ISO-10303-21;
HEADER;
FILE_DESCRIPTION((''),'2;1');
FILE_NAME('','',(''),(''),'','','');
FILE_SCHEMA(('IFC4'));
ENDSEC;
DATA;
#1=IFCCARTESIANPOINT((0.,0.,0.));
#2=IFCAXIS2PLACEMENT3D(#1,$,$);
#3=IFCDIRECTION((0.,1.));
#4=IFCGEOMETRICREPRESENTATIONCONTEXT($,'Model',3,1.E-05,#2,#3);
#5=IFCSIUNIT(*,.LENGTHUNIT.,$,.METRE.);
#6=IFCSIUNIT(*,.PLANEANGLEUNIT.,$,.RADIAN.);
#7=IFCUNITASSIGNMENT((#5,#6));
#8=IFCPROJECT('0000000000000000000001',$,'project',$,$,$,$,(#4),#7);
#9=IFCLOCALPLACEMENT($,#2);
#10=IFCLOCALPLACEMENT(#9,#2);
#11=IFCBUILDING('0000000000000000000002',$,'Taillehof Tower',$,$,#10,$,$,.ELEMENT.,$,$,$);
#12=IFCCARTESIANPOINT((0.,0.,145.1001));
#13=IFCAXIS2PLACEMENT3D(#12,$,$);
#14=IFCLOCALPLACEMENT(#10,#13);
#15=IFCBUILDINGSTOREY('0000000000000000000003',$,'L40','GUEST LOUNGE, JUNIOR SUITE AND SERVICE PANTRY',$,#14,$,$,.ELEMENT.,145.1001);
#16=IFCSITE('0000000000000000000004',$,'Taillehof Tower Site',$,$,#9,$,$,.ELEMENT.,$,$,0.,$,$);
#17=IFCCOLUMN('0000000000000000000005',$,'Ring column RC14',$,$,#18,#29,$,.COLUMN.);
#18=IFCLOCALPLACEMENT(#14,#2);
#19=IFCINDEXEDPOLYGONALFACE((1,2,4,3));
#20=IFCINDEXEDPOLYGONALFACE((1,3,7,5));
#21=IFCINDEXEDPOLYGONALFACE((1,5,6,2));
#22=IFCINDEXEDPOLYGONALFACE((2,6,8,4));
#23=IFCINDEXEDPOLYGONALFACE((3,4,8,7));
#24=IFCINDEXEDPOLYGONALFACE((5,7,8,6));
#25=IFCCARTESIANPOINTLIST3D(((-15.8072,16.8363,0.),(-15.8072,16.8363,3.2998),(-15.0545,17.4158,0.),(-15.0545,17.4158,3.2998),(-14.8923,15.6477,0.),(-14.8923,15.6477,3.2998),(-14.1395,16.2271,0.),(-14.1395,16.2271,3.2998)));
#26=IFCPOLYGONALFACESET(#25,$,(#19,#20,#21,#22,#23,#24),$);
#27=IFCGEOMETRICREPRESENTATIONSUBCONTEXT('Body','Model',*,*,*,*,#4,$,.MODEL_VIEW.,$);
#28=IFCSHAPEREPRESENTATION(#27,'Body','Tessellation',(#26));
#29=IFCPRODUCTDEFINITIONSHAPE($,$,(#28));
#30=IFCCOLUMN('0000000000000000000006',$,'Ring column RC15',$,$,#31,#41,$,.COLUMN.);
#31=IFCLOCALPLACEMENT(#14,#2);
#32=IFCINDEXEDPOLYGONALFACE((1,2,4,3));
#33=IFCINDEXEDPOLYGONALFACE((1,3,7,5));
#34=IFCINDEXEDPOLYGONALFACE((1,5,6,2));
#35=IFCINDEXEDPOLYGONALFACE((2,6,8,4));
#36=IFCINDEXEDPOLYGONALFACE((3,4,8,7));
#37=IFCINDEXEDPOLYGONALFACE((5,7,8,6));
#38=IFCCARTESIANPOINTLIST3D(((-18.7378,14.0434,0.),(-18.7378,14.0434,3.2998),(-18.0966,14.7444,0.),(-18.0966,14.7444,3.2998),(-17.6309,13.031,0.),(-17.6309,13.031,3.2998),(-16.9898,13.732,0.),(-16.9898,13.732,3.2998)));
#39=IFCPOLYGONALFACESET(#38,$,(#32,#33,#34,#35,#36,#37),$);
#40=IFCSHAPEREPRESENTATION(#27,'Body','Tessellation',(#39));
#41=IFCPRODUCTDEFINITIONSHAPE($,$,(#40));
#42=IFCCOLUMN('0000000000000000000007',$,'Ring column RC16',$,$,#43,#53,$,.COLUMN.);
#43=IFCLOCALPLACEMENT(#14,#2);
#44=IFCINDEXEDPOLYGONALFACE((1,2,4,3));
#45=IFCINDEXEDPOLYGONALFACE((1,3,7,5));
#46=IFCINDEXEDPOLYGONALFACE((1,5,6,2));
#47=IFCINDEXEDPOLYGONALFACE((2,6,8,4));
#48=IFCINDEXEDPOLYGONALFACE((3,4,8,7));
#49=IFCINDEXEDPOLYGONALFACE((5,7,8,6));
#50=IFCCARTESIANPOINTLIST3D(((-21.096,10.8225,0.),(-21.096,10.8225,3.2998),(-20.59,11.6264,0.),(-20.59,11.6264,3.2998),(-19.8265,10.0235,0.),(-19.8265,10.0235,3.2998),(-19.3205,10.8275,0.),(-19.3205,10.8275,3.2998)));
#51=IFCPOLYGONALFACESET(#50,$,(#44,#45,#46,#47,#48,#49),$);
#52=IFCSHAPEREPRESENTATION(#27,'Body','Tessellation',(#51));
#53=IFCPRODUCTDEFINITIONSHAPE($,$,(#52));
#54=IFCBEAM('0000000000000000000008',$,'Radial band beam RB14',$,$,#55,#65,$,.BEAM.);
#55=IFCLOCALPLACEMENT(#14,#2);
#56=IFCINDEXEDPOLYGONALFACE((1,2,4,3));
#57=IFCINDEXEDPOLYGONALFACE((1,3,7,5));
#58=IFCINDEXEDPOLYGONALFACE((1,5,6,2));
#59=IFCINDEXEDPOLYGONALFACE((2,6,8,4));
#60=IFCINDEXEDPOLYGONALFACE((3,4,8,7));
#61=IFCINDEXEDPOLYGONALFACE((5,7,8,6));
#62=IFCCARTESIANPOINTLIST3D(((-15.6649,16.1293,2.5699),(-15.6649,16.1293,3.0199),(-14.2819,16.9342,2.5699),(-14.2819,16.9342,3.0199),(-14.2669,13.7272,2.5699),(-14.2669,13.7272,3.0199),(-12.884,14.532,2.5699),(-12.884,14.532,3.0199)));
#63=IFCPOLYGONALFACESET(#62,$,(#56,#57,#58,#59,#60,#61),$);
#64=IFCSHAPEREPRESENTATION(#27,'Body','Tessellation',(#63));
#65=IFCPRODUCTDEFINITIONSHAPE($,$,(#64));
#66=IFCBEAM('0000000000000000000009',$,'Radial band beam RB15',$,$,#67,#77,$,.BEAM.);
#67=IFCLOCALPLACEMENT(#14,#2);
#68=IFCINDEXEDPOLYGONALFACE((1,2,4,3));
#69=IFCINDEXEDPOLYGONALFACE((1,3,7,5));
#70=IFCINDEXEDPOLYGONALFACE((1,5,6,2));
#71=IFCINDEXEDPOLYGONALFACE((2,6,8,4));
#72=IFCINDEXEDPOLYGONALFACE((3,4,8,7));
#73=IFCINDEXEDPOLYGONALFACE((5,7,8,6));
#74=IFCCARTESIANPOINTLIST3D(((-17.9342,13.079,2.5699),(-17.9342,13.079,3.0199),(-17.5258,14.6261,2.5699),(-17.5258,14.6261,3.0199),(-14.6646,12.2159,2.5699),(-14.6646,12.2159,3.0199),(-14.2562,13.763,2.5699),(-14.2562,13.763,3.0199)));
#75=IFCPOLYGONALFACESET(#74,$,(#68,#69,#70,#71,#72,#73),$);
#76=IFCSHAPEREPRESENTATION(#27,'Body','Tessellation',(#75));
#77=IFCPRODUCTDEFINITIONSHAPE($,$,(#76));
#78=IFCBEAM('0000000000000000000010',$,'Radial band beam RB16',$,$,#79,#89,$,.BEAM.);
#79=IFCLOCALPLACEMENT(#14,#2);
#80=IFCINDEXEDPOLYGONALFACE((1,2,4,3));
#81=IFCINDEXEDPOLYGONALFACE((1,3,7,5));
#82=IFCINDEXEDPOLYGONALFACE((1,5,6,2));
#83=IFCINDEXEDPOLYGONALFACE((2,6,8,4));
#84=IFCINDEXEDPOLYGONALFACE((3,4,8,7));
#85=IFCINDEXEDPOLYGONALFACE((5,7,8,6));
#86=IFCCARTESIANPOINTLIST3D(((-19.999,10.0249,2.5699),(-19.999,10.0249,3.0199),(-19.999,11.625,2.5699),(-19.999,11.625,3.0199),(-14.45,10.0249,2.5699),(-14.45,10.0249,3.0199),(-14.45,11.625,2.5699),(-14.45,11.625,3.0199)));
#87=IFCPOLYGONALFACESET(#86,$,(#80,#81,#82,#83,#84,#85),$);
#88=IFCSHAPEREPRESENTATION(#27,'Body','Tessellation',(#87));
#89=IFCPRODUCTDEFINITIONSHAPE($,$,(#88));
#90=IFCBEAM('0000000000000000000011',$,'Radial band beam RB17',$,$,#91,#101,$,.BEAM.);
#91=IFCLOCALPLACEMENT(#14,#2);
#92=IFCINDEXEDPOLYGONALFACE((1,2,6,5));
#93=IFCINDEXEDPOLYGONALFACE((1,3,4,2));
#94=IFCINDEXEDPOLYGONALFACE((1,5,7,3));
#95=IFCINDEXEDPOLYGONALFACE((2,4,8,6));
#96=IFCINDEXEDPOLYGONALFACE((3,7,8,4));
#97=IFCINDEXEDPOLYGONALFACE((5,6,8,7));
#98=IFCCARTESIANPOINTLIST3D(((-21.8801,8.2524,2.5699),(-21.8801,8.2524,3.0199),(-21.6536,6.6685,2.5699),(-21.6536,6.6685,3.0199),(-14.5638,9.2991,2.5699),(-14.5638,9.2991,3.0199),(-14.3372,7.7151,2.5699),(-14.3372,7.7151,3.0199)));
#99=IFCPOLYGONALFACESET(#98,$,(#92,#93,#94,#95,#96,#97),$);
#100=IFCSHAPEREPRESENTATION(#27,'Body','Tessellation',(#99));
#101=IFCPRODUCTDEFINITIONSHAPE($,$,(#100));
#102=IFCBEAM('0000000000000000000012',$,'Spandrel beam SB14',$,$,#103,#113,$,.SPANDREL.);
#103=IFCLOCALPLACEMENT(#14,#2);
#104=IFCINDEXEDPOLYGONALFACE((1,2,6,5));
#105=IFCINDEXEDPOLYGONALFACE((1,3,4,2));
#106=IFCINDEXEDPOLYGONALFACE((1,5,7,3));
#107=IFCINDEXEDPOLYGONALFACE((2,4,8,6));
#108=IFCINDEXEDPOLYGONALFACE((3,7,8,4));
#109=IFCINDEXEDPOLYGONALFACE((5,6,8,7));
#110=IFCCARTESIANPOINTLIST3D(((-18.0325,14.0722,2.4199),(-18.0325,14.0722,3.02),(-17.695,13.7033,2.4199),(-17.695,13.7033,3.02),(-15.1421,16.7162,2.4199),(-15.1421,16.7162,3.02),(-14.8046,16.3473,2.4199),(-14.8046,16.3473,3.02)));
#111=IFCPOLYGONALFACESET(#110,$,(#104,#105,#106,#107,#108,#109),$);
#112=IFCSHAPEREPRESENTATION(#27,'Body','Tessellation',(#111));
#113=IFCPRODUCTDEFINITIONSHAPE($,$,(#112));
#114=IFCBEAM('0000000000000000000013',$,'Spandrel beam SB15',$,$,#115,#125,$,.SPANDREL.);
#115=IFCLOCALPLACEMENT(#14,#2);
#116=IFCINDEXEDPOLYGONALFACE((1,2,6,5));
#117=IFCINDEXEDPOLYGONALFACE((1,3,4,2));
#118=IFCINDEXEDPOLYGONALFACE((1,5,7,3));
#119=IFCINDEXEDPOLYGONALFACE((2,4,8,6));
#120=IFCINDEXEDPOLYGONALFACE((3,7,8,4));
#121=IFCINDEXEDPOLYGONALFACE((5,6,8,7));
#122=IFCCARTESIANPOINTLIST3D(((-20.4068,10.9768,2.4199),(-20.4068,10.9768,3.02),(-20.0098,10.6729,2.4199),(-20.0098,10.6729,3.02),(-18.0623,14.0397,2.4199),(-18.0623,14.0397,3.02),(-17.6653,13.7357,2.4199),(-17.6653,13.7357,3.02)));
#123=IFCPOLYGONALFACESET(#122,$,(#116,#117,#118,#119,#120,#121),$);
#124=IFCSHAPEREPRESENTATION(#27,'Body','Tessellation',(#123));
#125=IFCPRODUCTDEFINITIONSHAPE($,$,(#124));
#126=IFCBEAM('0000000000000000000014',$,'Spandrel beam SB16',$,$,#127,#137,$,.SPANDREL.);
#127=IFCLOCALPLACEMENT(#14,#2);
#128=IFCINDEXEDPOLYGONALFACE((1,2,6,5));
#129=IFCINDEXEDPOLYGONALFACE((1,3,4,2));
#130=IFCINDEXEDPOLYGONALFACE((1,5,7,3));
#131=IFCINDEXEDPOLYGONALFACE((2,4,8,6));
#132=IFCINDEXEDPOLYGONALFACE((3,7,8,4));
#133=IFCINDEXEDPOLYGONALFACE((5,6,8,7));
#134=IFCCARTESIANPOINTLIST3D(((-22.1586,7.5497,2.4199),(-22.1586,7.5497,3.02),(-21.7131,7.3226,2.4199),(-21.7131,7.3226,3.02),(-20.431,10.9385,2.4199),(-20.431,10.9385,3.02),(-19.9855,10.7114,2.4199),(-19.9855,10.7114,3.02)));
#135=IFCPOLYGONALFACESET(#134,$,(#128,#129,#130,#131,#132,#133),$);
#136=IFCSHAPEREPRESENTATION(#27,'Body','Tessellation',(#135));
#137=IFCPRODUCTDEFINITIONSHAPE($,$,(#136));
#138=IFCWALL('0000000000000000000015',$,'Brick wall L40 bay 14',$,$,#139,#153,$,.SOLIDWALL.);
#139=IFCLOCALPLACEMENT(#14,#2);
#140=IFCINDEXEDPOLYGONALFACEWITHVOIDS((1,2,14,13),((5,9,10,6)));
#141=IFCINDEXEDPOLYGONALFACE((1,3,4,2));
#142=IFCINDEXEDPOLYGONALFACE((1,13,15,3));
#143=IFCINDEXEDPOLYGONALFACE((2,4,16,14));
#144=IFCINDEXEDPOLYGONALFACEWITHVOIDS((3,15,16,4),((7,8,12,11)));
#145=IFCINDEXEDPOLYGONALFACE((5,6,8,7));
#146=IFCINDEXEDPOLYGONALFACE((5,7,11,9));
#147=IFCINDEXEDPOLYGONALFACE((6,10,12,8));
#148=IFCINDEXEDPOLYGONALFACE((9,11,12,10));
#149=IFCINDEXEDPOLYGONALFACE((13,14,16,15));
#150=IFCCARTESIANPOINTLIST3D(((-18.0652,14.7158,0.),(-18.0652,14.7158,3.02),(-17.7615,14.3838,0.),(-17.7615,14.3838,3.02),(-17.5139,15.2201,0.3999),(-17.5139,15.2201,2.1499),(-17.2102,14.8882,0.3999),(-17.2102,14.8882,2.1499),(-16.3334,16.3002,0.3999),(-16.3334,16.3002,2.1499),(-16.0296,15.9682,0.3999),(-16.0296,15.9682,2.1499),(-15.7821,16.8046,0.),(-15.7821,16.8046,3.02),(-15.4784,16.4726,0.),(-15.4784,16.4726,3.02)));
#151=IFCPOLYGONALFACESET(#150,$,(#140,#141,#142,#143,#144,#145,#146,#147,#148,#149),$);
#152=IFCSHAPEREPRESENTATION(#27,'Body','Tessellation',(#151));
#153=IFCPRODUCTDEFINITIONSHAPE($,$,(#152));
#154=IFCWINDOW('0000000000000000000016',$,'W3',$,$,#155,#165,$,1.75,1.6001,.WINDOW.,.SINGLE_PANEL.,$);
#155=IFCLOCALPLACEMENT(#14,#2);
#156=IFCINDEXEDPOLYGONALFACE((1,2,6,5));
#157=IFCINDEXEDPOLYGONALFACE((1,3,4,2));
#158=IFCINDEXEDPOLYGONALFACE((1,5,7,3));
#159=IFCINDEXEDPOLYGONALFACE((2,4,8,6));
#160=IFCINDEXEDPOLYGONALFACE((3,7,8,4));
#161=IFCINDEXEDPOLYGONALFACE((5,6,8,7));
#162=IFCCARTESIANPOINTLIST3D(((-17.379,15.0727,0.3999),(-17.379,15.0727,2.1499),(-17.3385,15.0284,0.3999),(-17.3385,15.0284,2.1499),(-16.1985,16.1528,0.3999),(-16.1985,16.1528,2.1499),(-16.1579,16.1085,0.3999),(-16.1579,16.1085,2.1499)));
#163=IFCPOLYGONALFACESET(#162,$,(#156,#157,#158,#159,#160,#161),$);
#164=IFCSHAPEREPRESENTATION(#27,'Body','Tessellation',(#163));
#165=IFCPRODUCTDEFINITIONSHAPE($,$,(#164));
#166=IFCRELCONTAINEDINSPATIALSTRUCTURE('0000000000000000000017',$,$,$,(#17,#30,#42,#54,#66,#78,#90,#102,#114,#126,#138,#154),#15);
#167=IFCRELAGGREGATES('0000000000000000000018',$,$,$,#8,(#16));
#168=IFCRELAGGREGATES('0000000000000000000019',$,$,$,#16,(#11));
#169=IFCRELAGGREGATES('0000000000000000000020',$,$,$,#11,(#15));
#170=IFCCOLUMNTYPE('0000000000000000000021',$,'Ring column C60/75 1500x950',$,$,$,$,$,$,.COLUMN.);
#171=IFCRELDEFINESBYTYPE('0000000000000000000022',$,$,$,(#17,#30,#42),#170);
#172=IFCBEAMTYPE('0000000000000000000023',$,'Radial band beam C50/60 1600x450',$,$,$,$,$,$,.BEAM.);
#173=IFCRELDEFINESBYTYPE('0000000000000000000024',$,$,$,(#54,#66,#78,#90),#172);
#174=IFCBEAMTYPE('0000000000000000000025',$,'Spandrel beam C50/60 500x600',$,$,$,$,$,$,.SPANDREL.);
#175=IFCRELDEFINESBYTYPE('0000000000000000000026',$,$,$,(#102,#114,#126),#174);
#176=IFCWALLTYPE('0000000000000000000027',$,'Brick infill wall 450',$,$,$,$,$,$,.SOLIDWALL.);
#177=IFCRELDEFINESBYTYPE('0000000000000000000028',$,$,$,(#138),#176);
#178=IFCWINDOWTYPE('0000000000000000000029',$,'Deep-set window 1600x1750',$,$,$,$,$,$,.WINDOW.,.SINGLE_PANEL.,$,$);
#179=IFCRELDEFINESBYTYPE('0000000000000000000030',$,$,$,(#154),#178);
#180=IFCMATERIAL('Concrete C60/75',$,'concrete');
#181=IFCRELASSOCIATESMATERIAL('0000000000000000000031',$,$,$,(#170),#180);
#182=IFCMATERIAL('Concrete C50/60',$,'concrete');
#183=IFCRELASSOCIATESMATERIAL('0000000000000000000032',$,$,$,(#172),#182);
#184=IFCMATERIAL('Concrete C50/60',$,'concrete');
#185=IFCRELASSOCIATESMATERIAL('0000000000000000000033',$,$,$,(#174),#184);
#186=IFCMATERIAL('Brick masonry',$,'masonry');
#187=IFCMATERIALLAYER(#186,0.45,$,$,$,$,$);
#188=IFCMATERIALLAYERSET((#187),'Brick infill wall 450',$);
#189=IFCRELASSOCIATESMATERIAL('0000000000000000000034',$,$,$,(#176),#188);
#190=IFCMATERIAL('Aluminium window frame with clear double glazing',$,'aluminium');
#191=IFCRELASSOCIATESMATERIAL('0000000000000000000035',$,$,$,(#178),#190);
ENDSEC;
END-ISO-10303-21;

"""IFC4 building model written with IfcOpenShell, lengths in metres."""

from ifc_helpers import new_model, si_unit, direction, frame, frame_2d, origin, origin_2d, place, context, subcontext, project, spatial, rectangle, extrude, material, layer, layer_set, material_profile, profile_set, type_object, element, fill, save


model = new_model("IFC4")

# Units and contexts
model_context = context("Model", 3, precision=1e-05, world=origin(), true_north=direction((0.0, 1.0)))
body_context = subcontext(model_context, "Body", "Model", "MODEL_VIEW")
ifc_project = project(units=[si_unit("LENGTHUNIT", "METRE"), si_unit("PLANEANGLEUNIT", "RADIAN")], contexts=[model_context])

# Site, building, storey
site_placement = place(None, origin())
site = spatial("IfcSite", under=ifc_project, at=site_placement, Name="Taillehof Tower Site", CompositionType="ELEMENT", RefElevation=0.0)
building_placement = place(site_placement, origin())
building = spatial("IfcBuilding", under=site, at=building_placement, Name="Taillehof Tower", CompositionType="ELEMENT")
storey_placement = place(building_placement, frame((0.0, 0.0, 145.1001)))
storey = spatial("IfcBuildingStorey", under=building, at=storey_placement, Name="L40", Description="GUEST LOUNGE, JUNIOR SUITE AND SERVICE PANTRY", CompositionType="ELEMENT", Elevation=145.1001)

# Columns
ifc_material_1 = material(Name="Concrete C60/75", Category="concrete")
ifc_material_profile_1 = material_profile(ifc_material_1, rectangle(XDim=1.5, YDim=0.95, at=origin_2d()), Name="RC 1500x950")
ifc_profile_set_1 = profile_set([ifc_material_profile_1], Name="Concrete C60/75")
column_type = type_object("IfcColumnType", Name="Ring column C60/75 1500x950", PredefinedType="COLUMN", material=ifc_profile_set_1)
for number, where, z_axis, x_axis, name in (
    (1, (-14.9734, 16.5317, 0.0), (0.0, 0.0, 1.0), (-0.609971, 0.792424, 0.0), "Ring column RC14"),
    (2, (-17.8638, 13.8877, 0.0), (0.0, 0.0, 1.0), (-0.737879, 0.674933, 0.0), "Ring column RC15"),
    (3, (-20.2083, 10.825, 0.0), (0.0, 0.0, 1.0), (-0.846334, 0.532652, 0.0), "Ring column RC16"),
):
    element("IfcColumn", number, at=place(storey_placement, frame(where, z_axis=z_axis, x_axis=x_axis)), inside=storey, type_object=column_type, Name=name, PredefinedType="COLUMN", context=body_context, shape_type="SweptSolid", body=[
        extrude(rectangle(XDim=1.5, YDim=0.95, at=origin_2d()), origin(), (0.0, 0.0, 1.0), 3.2998),
    ])

# Beams
ifc_material_2 = material(Name="Concrete C50/60", Category="concrete")
ifc_material_profile_2 = material_profile(ifc_material_2, rectangle(XDim=1.6001, YDim=0.45, at=origin_2d()), Name="RC 1600x450")
ifc_profile_set_2 = profile_set([ifc_material_profile_2], Name="Concrete C50/60")
beam_type_1 = type_object("IfcBeamType", Name="Radial band beam C50/60 1600x450", PredefinedType="BEAM", material=ifc_profile_set_2)
beam_1_placement = place(storey_placement, frame((-14.9734, 16.5317, 2.7949), z_axis=(0.502991, -0.864291, 0.0), x_axis=(0.864291, 0.502991, 0.0)))
element("IfcBeam", 4, at=beam_1_placement, inside=storey, type_object=beam_type_1, Name="Radial band beam RB14", PredefinedType="BEAM", context=body_context, shape_type="SweptSolid", body=[
    extrude(rectangle(XDim=1.6001, YDim=0.45, at=origin_2d()), origin(), (0.0, 0.0, 1.0), 2.7793),
])
beam_2_placement = place(storey_placement, frame((-17.73, 13.8525, 2.7949), z_axis=(0.966883, -0.255222, 0.0), x_axis=(0.255222, 0.966883, 0.0)))
element("IfcBeam", 5, at=beam_2_placement, inside=storey, type_object=beam_type_1, Name="Radial band beam RB15", PredefinedType="BEAM", context=body_context, shape_type="SweptSolid", body=[
    extrude(rectangle(XDim=1.6001, YDim=0.45, at=origin_2d()), origin(), (0.0, 0.0, 1.0), 3.3816),
])
beam_3_placement = place(storey_placement, frame((-19.999, 10.825, 2.7949), z_axis=(1.0, 0.0, 0.0), x_axis=(0.0, 1.0, 0.0)))
element("IfcBeam", 6, at=beam_3_placement, inside=storey, type_object=beam_type_1, Name="Radial band beam RB16", PredefinedType="BEAM", context=body_context, shape_type="SweptSolid", body=[
    extrude(rectangle(XDim=1.6001, YDim=0.45, at=origin_2d()), origin(), (0.0, 0.0, 1.0), 5.5491),
])
beam_4_placement = place(storey_placement, frame((-21.7668, 7.4604, 2.7949), z_axis=(0.989922, 0.141611, 0.0), x_axis=(-0.141611, 0.989922, 0.0)))
element("IfcBeam", 7, at=beam_4_placement, inside=storey, type_object=beam_type_1, Name="Radial band beam RB17", PredefinedType="BEAM", context=body_context, shape_type="SweptSolid", body=[
    extrude(rectangle(XDim=1.6001, YDim=0.45, at=origin_2d()), origin(), (0.0, 0.0, 1.0), 7.3909),
])
ifc_material_3 = material(Name="Concrete C50/60", Category="concrete")
ifc_material_profile_3 = material_profile(ifc_material_3, rectangle(XDim=0.5, YDim=0.6001, at=origin_2d()), Name="RC 500x600")
ifc_profile_set_3 = profile_set([ifc_material_profile_3], Name="Concrete C50/60")
beam_type_2 = type_object("IfcBeamType", Name="Spandrel beam C50/60 500x600", PredefinedType="SPANDREL", material=ifc_profile_set_3)
beam_5_placement = place(storey_placement, frame((-14.9734, 16.5317, 2.72), z_axis=(-0.73785, -0.674965, 0.0), x_axis=(0.674965, -0.73785, 0.0)))
element("IfcBeam", 8, at=beam_5_placement, inside=storey, type_object=beam_type_2, Name="Spandrel beam SB14", PredefinedType="SPANDREL", context=body_context, shape_type="SweptSolid", body=[
    extrude(rectangle(XDim=0.5, YDim=0.6001, at=origin_2d()), origin(), (0.0, 0.0, 1.0), 3.9172),
])
beam_6_placement = place(storey_placement, frame((-17.8638, 13.8877, 2.72), z_axis=(-0.60784, -0.794059, 0.0), x_axis=(0.794059, -0.60784, 0.0)))
element("IfcBeam", 9, at=beam_6_placement, inside=storey, type_object=beam_type_2, Name="Spandrel beam SB15", PredefinedType="SPANDREL", context=body_context, shape_type="SweptSolid", body=[
    extrude(rectangle(XDim=0.5, YDim=0.6001, at=origin_2d()), origin(), (0.0, 0.0, 1.0), 3.8572),
])
beam_7_placement = place(storey_placement, frame((-20.2083, 10.825, 2.72), z_axis=(-0.454183, -0.890908, 0.0), x_axis=(0.890908, -0.454183, 0.0)))
element("IfcBeam", 10, at=beam_7_placement, inside=storey, type_object=beam_type_2, Name="Spandrel beam SB16", PredefinedType="SPANDREL", context=body_context, shape_type="SweptSolid", body=[
    extrude(rectangle(XDim=0.5, YDim=0.6001, at=origin_2d()), origin(), (0.0, 0.0, 1.0), 3.8037),
])

# Wall, opening, window
ifc_material_4 = material(Name="Brick masonry", Category="masonry")
ifc_layer_1 = layer(ifc_material_4, 0.45)
ifc_layer_set_1 = layer_set([ifc_layer_1], Name="Brick infill wall 450")
wall_type_1 = type_object("IfcWallType", Name="Brick infill wall 450", PredefinedType="SOLIDWALL", material=ifc_layer_set_1)
wall_1_placement = place(storey_placement, frame((-15.6301, 16.6387, 0.0), z_axis=(0.0, 0.0, 1.0), x_axis=(-0.737809, -0.67501, 0.0)))
wall_1 = element("IfcWall", 11, at=wall_1_placement, inside=storey, type_object=wall_type_1, Name="Brick wall L40 bay 14", PredefinedType="SOLIDWALL", context=body_context, shape_type="SweptSolid", body=[
    extrude(rectangle(XDim=3.0945, YDim=0.45, at=frame_2d((1.5474, 0.0))), origin(), (0.0, 0.0, 1.0), 3.02),
])
opening_1_placement = place(wall_1_placement, frame((0.7473, 0.0, 0.3999)))
opening_1 = element("IfcOpeningElement", 12, at=opening_1_placement, cuts=wall_1, PredefinedType="OPENING", context=body_context, shape_type="SweptSolid", body=[
    extrude(rectangle(XDim=1.6001, YDim=1.75, at=frame_2d((0.8, 0.875))), frame((0.0, 0.2349, 0.0), z_axis=(0.0, -1.0, 0.0), x_axis=(1.0, 0.0, 0.0)), (0.0, 0.0, 1.0), 0.47),
])
ifc_material_5 = material(Name="Aluminium window frame with clear double glazing", Category="aluminium")
window_type = type_object("IfcWindowType", Name="Deep-set window 1600x1750", PartitioningType="SINGLE_PANEL", PredefinedType="WINDOW", material=ifc_material_5)
window_1_placement = place(opening_1_placement, origin())
window_1 = element("IfcWindow", 13, at=window_1_placement, inside=storey, type_object=window_type, Name="W3", OverallHeight=1.75, OverallWidth=1.6001, PartitioningType="SINGLE_PANEL", PredefinedType="WINDOW", context=body_context, shape_type="SweptSolid", body=[
    extrude(rectangle(XDim=1.6001, YDim=1.75, at=frame_2d((0.8, 0.875))), frame((0.0, 0.0349, 0.0), z_axis=(0.0, -1.0, 0.0), x_axis=(1.0, 0.0, 0.0)), (0.0, 0.0, 1.0), 0.0601),
])
fill(opening_1, window_1)

save(model, "model.ifc")
